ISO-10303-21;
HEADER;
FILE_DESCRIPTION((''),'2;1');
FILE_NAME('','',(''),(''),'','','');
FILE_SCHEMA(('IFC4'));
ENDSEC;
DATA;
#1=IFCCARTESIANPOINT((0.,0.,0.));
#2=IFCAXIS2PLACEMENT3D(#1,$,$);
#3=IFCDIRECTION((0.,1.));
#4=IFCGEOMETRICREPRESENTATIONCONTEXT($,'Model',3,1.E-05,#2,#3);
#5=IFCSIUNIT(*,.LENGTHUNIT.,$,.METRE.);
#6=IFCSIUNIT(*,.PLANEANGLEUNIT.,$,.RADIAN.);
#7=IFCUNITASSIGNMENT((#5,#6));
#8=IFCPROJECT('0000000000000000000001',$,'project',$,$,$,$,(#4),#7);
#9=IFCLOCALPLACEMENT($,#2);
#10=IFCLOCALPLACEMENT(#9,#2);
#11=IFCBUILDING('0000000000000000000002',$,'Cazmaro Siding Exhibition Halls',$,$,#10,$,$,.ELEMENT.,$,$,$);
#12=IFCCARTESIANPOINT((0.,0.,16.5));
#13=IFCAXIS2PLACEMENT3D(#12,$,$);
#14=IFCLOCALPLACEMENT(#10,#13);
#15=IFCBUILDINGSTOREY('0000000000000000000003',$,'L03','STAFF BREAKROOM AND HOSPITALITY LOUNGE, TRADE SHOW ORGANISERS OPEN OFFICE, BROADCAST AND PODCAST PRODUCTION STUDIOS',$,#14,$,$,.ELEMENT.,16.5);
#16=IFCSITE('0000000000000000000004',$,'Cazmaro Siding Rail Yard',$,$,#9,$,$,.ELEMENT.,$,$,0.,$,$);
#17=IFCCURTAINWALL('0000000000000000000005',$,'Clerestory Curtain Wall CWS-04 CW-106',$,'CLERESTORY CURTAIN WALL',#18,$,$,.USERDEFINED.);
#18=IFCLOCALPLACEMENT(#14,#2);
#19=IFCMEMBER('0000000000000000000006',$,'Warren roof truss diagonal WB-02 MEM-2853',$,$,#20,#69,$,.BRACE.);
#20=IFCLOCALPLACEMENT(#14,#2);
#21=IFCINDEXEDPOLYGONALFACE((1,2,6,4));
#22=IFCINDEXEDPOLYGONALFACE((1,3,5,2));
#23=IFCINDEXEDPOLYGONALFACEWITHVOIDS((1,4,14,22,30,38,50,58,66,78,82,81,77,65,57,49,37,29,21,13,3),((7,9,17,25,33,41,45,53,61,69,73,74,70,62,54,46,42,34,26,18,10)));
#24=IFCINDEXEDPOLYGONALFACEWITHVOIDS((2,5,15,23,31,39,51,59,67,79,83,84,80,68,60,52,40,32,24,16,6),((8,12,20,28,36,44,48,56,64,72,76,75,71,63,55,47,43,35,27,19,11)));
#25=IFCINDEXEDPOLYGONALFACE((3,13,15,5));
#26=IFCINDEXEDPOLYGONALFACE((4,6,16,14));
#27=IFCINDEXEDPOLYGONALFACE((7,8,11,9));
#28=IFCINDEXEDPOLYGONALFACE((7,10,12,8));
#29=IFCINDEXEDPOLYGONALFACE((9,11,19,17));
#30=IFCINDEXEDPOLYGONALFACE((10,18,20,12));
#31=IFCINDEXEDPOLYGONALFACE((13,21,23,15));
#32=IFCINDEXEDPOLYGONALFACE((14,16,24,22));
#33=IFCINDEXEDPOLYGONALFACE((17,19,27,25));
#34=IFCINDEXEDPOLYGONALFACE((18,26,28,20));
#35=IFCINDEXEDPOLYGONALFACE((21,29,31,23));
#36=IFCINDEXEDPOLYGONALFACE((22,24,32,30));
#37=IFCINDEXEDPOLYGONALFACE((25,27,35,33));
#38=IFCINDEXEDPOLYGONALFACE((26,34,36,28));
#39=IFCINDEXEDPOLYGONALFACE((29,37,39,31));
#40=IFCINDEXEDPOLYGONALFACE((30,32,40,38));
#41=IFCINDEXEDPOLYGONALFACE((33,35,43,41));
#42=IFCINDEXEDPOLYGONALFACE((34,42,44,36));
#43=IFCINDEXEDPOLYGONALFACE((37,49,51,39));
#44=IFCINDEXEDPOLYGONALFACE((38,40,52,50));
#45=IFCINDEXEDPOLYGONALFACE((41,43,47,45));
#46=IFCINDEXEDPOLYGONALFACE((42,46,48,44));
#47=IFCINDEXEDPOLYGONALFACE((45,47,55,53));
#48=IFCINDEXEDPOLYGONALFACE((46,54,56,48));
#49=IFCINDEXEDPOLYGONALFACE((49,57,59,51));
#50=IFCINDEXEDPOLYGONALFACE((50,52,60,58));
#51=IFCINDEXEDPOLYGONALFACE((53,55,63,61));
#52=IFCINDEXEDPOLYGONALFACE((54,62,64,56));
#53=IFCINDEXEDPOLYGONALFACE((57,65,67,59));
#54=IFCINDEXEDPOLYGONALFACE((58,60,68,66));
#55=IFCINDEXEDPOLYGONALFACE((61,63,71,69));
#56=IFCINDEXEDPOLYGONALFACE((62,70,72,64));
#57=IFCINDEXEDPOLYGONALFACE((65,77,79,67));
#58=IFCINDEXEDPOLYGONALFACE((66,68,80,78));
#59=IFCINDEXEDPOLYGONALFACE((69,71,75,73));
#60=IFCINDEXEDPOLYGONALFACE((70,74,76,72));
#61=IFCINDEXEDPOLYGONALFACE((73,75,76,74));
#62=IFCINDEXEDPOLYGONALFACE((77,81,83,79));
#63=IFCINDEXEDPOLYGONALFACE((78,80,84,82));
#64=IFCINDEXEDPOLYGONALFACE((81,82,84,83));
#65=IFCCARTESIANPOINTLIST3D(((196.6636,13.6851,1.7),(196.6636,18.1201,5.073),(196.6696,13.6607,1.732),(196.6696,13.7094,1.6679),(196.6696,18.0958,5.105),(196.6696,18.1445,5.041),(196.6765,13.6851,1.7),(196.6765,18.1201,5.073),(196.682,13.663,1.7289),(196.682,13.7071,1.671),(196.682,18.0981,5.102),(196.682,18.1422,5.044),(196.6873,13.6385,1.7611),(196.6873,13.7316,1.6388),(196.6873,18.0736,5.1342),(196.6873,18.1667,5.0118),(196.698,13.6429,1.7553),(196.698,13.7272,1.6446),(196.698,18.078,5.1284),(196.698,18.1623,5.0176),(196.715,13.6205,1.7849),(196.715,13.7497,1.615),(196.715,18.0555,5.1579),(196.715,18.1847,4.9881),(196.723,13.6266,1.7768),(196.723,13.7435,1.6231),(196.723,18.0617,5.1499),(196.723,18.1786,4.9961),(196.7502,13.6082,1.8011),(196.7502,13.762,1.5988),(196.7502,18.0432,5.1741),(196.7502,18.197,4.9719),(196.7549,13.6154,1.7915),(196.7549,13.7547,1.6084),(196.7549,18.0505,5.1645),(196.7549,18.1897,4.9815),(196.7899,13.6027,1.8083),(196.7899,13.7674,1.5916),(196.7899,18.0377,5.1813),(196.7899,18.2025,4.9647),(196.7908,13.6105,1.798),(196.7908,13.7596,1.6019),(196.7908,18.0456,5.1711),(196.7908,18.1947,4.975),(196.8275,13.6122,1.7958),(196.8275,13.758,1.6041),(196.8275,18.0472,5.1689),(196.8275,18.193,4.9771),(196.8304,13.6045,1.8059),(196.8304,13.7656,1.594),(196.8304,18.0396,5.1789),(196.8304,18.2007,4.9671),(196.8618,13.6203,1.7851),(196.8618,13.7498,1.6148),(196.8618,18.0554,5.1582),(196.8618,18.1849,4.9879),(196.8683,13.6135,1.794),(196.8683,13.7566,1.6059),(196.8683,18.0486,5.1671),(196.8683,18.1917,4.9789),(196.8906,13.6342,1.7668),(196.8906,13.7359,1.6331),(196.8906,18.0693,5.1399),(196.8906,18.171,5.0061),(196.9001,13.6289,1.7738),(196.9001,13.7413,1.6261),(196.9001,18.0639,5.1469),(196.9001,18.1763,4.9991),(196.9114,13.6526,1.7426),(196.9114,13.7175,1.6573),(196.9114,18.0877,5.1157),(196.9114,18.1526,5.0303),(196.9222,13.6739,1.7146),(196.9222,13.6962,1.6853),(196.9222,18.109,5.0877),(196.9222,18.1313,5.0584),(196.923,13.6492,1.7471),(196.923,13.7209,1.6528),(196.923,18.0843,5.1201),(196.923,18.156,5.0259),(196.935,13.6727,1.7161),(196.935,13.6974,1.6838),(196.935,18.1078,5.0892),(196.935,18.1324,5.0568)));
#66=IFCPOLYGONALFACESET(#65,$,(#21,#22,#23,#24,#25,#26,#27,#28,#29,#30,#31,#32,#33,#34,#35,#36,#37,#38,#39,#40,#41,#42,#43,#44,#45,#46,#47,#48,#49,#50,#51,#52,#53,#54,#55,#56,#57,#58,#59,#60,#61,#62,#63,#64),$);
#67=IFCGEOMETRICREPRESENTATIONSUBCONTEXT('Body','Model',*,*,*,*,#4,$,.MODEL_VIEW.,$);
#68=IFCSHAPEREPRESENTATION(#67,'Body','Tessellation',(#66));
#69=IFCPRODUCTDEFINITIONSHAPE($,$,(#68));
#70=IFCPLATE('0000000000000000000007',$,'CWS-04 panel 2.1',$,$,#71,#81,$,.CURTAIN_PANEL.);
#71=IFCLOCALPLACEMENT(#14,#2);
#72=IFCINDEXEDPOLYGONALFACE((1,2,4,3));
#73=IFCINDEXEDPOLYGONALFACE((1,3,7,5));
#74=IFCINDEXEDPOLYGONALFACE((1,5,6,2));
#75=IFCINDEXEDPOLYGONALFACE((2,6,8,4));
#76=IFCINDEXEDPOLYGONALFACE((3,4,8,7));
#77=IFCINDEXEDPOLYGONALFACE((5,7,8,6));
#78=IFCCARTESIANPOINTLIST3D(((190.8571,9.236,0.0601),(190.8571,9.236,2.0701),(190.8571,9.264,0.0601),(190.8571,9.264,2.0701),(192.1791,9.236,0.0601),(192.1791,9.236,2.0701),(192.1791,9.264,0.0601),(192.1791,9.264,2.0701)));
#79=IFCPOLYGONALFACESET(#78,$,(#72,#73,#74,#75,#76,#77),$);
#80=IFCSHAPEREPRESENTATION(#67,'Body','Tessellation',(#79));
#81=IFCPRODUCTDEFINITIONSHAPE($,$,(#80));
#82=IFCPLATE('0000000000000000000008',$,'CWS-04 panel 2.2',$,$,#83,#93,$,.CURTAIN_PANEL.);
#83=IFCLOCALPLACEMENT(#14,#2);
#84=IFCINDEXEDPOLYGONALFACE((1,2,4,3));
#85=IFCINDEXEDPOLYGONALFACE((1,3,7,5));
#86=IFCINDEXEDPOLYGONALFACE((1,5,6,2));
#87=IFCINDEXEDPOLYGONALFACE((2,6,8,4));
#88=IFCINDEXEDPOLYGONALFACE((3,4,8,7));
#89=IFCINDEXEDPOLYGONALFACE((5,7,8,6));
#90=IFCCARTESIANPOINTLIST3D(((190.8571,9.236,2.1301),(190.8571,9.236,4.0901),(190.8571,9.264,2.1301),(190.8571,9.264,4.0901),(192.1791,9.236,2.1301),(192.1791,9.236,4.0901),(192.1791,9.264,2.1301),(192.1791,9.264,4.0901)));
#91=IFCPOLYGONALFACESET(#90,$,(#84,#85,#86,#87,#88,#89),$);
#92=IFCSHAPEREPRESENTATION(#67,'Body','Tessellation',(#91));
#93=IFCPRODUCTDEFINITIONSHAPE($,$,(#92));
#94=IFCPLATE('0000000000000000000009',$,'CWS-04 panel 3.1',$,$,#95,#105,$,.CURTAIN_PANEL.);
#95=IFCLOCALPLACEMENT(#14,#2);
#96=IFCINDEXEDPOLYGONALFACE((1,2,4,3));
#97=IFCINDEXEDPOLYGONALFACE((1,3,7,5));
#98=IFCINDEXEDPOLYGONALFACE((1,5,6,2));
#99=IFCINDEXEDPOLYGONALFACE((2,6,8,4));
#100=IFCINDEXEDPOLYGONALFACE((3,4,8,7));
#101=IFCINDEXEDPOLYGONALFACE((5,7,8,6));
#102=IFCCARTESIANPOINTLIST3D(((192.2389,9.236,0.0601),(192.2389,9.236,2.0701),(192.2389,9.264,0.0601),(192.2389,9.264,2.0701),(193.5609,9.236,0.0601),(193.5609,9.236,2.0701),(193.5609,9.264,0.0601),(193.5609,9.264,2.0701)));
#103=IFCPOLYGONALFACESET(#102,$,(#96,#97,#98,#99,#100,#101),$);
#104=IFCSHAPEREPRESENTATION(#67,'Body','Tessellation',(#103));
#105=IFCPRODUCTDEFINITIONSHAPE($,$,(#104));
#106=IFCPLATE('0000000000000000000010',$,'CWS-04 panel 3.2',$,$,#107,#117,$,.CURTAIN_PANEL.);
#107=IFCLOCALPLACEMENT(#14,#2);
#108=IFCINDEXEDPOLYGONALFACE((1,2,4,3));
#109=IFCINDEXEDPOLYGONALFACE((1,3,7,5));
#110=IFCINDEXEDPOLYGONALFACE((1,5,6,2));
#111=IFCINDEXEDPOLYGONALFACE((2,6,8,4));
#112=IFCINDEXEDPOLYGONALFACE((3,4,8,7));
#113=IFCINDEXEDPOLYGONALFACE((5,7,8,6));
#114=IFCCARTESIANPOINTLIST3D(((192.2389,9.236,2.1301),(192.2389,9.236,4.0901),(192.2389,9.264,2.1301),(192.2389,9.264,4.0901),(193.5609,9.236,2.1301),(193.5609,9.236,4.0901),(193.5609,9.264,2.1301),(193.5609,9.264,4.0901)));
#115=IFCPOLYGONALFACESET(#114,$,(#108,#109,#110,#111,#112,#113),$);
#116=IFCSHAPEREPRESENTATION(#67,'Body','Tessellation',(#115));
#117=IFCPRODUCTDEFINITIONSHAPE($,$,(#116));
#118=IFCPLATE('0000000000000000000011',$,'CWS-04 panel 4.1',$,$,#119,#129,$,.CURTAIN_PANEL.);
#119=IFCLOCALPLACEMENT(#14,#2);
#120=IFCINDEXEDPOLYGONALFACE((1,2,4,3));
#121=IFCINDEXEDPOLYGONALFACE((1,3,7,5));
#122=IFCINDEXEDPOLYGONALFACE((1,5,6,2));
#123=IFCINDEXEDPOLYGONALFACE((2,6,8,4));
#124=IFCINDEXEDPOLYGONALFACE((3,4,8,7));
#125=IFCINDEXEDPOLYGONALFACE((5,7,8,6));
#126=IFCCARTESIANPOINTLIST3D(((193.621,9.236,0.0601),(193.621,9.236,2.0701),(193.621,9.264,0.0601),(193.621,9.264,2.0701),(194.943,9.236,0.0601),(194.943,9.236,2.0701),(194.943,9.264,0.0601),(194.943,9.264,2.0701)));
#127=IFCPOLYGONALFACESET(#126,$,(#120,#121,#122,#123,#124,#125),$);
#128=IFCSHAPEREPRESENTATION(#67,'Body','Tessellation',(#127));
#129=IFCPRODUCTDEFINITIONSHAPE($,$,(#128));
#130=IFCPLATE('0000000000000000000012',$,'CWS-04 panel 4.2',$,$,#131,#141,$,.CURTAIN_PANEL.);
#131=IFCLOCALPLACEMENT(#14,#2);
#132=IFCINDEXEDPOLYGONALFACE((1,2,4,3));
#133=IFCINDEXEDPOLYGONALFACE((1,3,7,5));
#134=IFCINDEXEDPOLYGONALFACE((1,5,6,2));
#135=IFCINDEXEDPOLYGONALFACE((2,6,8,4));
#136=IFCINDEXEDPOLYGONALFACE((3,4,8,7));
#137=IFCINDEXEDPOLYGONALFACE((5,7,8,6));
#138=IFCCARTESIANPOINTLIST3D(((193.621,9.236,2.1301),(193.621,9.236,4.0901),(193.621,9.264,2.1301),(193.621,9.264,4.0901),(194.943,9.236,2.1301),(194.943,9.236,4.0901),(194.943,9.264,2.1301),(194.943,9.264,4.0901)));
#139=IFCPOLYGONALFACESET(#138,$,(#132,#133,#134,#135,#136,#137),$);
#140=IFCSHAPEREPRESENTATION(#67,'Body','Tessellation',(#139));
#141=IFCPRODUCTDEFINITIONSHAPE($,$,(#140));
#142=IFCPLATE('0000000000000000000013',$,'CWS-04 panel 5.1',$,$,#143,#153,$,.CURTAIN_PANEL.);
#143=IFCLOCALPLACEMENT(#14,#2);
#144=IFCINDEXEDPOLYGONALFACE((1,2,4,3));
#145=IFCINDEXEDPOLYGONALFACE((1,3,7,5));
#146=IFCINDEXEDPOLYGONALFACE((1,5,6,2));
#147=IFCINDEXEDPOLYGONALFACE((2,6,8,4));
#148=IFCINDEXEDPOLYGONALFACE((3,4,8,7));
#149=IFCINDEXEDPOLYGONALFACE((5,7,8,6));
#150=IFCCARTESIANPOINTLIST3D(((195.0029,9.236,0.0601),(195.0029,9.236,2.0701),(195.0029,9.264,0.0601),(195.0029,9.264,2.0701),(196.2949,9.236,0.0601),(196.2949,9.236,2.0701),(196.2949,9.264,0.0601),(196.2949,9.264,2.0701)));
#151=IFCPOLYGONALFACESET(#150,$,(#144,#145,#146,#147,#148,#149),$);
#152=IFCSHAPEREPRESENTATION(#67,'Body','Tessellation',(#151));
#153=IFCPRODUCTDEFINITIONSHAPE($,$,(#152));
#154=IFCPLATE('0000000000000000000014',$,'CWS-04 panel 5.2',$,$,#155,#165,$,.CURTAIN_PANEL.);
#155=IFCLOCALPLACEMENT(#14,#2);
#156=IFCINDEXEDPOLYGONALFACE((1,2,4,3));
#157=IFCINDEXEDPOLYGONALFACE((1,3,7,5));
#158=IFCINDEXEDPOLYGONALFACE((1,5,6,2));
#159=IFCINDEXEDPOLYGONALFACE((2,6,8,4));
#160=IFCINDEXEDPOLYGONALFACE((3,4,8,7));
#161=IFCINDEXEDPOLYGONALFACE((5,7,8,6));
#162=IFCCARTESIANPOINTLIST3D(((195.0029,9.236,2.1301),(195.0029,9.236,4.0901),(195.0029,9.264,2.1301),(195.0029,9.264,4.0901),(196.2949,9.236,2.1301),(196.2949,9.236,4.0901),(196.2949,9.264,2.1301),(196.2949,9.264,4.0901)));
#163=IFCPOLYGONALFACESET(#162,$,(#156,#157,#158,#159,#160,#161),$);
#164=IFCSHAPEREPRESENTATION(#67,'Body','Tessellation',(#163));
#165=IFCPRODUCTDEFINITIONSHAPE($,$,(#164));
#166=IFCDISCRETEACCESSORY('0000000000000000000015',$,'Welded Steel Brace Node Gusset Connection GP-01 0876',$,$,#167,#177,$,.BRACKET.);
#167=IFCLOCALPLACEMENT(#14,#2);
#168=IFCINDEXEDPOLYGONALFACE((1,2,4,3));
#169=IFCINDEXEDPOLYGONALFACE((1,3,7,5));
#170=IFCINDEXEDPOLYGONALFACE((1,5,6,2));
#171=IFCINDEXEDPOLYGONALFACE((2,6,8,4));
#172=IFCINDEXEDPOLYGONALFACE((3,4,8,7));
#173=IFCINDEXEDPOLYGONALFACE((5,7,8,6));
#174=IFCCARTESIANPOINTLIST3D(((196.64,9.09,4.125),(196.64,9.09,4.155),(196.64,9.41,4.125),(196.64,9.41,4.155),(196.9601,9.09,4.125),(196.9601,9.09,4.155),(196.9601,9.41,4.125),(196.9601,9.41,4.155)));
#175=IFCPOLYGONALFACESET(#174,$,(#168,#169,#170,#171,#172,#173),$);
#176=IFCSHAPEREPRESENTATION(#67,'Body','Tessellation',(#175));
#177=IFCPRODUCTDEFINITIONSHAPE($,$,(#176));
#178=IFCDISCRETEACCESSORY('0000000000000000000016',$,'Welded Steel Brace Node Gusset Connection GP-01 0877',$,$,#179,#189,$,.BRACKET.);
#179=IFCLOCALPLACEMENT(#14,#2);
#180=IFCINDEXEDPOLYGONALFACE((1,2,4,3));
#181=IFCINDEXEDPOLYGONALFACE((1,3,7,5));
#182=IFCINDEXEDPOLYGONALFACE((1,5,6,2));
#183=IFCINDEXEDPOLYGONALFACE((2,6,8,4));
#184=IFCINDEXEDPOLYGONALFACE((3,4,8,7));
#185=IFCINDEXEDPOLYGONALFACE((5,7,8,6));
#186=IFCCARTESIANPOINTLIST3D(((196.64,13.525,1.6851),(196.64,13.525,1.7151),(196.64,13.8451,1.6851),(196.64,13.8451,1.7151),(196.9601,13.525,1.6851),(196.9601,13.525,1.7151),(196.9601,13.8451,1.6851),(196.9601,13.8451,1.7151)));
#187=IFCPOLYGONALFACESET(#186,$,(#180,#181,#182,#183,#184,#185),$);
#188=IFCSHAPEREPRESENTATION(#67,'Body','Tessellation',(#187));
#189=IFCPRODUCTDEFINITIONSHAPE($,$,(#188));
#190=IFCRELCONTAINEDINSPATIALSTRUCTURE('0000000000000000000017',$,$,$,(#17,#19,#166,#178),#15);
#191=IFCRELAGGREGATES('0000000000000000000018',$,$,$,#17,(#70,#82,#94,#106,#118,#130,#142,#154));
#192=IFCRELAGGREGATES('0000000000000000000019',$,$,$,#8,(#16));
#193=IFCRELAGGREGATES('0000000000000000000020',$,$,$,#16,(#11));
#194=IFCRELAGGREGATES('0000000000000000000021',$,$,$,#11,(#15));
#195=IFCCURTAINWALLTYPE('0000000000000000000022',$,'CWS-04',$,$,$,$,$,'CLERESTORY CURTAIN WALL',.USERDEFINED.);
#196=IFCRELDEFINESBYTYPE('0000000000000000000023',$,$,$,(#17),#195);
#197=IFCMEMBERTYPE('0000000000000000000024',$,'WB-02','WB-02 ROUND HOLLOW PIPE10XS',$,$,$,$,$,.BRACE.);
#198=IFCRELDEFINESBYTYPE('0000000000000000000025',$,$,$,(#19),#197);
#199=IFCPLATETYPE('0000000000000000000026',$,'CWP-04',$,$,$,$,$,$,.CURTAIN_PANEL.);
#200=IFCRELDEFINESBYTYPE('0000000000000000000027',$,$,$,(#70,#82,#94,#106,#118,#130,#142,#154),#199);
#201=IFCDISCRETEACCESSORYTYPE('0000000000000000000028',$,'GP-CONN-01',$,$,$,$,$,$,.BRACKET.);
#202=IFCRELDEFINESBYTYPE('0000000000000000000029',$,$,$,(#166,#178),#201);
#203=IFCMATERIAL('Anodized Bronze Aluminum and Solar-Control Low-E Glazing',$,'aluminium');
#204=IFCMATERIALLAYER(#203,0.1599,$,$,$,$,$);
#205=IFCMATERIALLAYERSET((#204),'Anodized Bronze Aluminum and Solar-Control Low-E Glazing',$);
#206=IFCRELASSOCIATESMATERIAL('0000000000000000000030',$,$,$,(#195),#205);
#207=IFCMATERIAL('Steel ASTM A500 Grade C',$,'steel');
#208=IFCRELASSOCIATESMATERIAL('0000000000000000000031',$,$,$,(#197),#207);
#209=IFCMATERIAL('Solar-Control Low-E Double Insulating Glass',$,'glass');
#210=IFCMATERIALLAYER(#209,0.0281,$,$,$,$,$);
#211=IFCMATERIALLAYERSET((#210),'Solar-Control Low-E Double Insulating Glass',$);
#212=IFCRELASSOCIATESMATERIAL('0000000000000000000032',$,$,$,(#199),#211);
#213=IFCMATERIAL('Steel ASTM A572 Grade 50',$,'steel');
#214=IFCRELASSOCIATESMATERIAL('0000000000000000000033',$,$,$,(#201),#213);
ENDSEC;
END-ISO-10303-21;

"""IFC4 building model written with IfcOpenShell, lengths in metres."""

from ifc_helpers import new_model, si_unit, direction, frame, origin, origin_2d, place, context, subcontext, project, spatial, rectangle, hollow_circle, extrude, material, layer, layer_set, material_profile, profile_set, type_object, element, aggregate, save


model = new_model("IFC4")

# Units and contexts
model_context = context("Model", 3, precision=1e-05, world=origin(), true_north=direction((0.0, 1.0)))
body_context = subcontext(model_context, "Body", "Model", "MODEL_VIEW")
ifc_project = project(units=[si_unit("LENGTHUNIT", "METRE"), si_unit("PLANEANGLEUNIT", "RADIAN")], contexts=[model_context])

# Site, building, storey
site_placement = place(None, origin())
site = spatial("IfcSite", under=ifc_project, at=site_placement, Name="Cazmaro Siding Rail Yard", CompositionType="ELEMENT", RefElevation=0.0)
building_placement = place(site_placement, origin())
building = spatial("IfcBuilding", under=site, at=building_placement, Name="Cazmaro Siding Exhibition Halls", CompositionType="ELEMENT")
storey_placement = place(building_placement, frame((0.0, 0.0, 16.5)))
storey = spatial("IfcBuildingStorey", under=building, at=storey_placement, Name="L03", Description="STAFF BREAKROOM AND HOSPITALITY LOUNGE, TRADE SHOW ORGANISERS OPEN OFFICE, BROADCAST AND PODCAST PRODUCTION STUDIOS", CompositionType="ELEMENT", Elevation=16.5)

# Curtain wall
ifc_material_1 = material(Name="Anodized Bronze Aluminum and Solar-Control Low-E Glazing", Category="aluminium")
ifc_layer_1 = layer(ifc_material_1, 0.1599)
ifc_layer_set_1 = layer_set([ifc_layer_1], Name="Anodized Bronze Aluminum and Solar-Control Low-E Glazing")
curtain_wall_type = type_object("IfcCurtainWallType", Name="CWS-04", ElementType="CLERESTORY CURTAIN WALL", PredefinedType="USERDEFINED", material=ifc_layer_set_1)
curtain_wall_1_placement = place(storey_placement, origin())
curtain_wall_1 = element("IfcCurtainWall", 1, at=curtain_wall_1_placement, inside=storey, type_object=curtain_wall_type, Name="Clerestory Curtain Wall CWS-04 CW-106", ObjectType="CLERESTORY CURTAIN WALL", PredefinedType="USERDEFINED")

# Member
ifc_material_2 = material(Name="Steel ASTM A500 Grade C", Category="steel")
ifc_material_profile_1 = material_profile(ifc_material_2, hollow_circle(Radius=0.1365, WallThickness=0.0129, at=origin_2d()), Name="PIPE10XS")
ifc_profile_set_1 = profile_set([ifc_material_profile_1], Name="Steel ASTM A500 Grade C")
member_type_1 = type_object("IfcMemberType", Name="WB-02", Description="WB-02 ROUND HOLLOW PIPE10XS", PredefinedType="BRACE", material=ifc_profile_set_1)
member_1_placement = place(storey_placement, frame((196.8, 13.6851, 1.7), z_axis=(0.0, 0.795954, 0.605357), x_axis=(-1.0, 0.0, 0.0)))
element("IfcMember", 2, at=member_1_placement, inside=storey, type_object=member_type_1, Name="Warren roof truss diagonal WB-02 MEM-2853", PredefinedType="BRACE", context=body_context, shape_type="SweptSolid", body=[
    extrude(hollow_circle(Radius=0.1365, WallThickness=0.0129, at=origin_2d()), origin(), (0.0, 0.0, 1.0), 5.572),
])

# Plates
ifc_material_3 = material(Name="Solar-Control Low-E Double Insulating Glass", Category="glass")
ifc_layer_2 = layer(ifc_material_3, 0.0281)
ifc_layer_set_2 = layer_set([ifc_layer_2], Name="Solar-Control Low-E Double Insulating Glass")
plate_type = type_object("IfcPlateType", Name="CWP-04", PredefinedType="CURTAIN_PANEL", material=ifc_layer_set_2)
plate_1_placement = place(storey_placement, frame((191.5181, 9.25, 0.0601), z_axis=(0.0, 0.0, 1.0), x_axis=(1.0, 0.0, 0.0)))
plate_1 = element("IfcPlate", 3, at=plate_1_placement, type_object=plate_type, Name="CWS-04 panel 2.1", PredefinedType="CURTAIN_PANEL", context=body_context, shape_type="SweptSolid", body=[
    extrude(rectangle(XDim=1.322, YDim=0.0281, at=origin_2d()), origin(), (0.0, 0.0, 1.0), 2.01),
])
plate_2_placement = place(storey_placement, frame((191.5181, 9.25, 2.1301), z_axis=(0.0, 0.0, 1.0), x_axis=(1.0, 0.0, 0.0)))
plate_2 = element("IfcPlate", 4, at=plate_2_placement, type_object=plate_type, Name="CWS-04 panel 2.2", PredefinedType="CURTAIN_PANEL", context=body_context, shape_type="SweptSolid", body=[
    extrude(rectangle(XDim=1.322, YDim=0.0281, at=origin_2d()), origin(), (0.0, 0.0, 1.0), 1.96),
])
plate_3_placement = place(storey_placement, frame((192.8999, 9.25, 0.0601), z_axis=(0.0, 0.0, 1.0), x_axis=(1.0, 0.0, 0.0)))
plate_3 = element("IfcPlate", 5, at=plate_3_placement, type_object=plate_type, Name="CWS-04 panel 3.1", PredefinedType="CURTAIN_PANEL", context=body_context, shape_type="SweptSolid", body=[
    extrude(rectangle(XDim=1.322, YDim=0.0281, at=origin_2d()), origin(), (0.0, 0.0, 1.0), 2.01),
])
plate_4_placement = place(storey_placement, frame((192.8999, 9.25, 2.1301), z_axis=(0.0, 0.0, 1.0), x_axis=(1.0, 0.0, 0.0)))
plate_4 = element("IfcPlate", 6, at=plate_4_placement, type_object=plate_type, Name="CWS-04 panel 3.2", PredefinedType="CURTAIN_PANEL", context=body_context, shape_type="SweptSolid", body=[
    extrude(rectangle(XDim=1.322, YDim=0.0281, at=origin_2d()), origin(), (0.0, 0.0, 1.0), 1.96),
])
plate_5_placement = place(storey_placement, frame((194.282, 9.25, 0.0601), z_axis=(0.0, 0.0, 1.0), x_axis=(1.0, 0.0, 0.0)))
plate_5 = element("IfcPlate", 7, at=plate_5_placement, type_object=plate_type, Name="CWS-04 panel 4.1", PredefinedType="CURTAIN_PANEL", context=body_context, shape_type="SweptSolid", body=[
    extrude(rectangle(XDim=1.322, YDim=0.0281, at=origin_2d()), origin(), (0.0, 0.0, 1.0), 2.01),
])
plate_6_placement = place(storey_placement, frame((194.282, 9.25, 2.1301), z_axis=(0.0, 0.0, 1.0), x_axis=(1.0, 0.0, 0.0)))
plate_6 = element("IfcPlate", 8, at=plate_6_placement, type_object=plate_type, Name="CWS-04 panel 4.2", PredefinedType="CURTAIN_PANEL", context=body_context, shape_type="SweptSolid", body=[
    extrude(rectangle(XDim=1.322, YDim=0.0281, at=origin_2d()), origin(), (0.0, 0.0, 1.0), 1.96),
])
plate_7_placement = place(storey_placement, frame((195.6489, 9.25, 0.0601), z_axis=(0.0, 0.0, 1.0), x_axis=(1.0, 0.0, 0.0)))
plate_7 = element("IfcPlate", 9, at=plate_7_placement, type_object=plate_type, Name="CWS-04 panel 5.1", PredefinedType="CURTAIN_PANEL", context=body_context, shape_type="SweptSolid", body=[
    extrude(rectangle(XDim=1.292, YDim=0.0281, at=origin_2d()), origin(), (0.0, 0.0, 1.0), 2.01),
])
plate_8_placement = place(storey_placement, frame((195.6489, 9.25, 2.1301), z_axis=(0.0, 0.0, 1.0), x_axis=(1.0, 0.0, 0.0)))
plate_8 = element("IfcPlate", 10, at=plate_8_placement, type_object=plate_type, Name="CWS-04 panel 5.2", PredefinedType="CURTAIN_PANEL", context=body_context, shape_type="SweptSolid", body=[
    extrude(rectangle(XDim=1.292, YDim=0.0281, at=origin_2d()), origin(), (0.0, 0.0, 1.0), 1.96),
])
aggregate(curtain_wall_1, [plate_1, plate_2, plate_3, plate_4, plate_5, plate_6, plate_7, plate_8])

# Discrete accessories
ifc_material_4 = material(Name="Steel ASTM A572 Grade 50", Category="steel")
discrete_accessory_type = type_object("IfcDiscreteAccessoryType", Name="GP-CONN-01", PredefinedType="BRACKET", material=ifc_material_4)
for number, where, z_axis, x_axis, name in (
    (11, (196.8, 9.25, 4.125), (0.0, 0.0, 1.0), (1.0, 0.0, 0.0), "Welded Steel Brace Node Gusset Connection GP-01 0876"),
    (12, (196.8, 13.6851, 1.6851), (0.0, 0.0, 1.0), (1.0, 0.0, 0.0), "Welded Steel Brace Node Gusset Connection GP-01 0877"),
):
    element("IfcDiscreteAccessory", number, at=place(storey_placement, frame(where, z_axis=z_axis, x_axis=x_axis)), inside=storey, type_object=discrete_accessory_type, Name=name, PredefinedType="BRACKET", context=body_context, shape_type="SweptSolid", body=[
        extrude(rectangle(XDim=0.3201, YDim=0.3201, at=origin_2d()), origin(), (0.0, 0.0, 1.0), 0.03),
    ])

save(model, "model.ifc")
